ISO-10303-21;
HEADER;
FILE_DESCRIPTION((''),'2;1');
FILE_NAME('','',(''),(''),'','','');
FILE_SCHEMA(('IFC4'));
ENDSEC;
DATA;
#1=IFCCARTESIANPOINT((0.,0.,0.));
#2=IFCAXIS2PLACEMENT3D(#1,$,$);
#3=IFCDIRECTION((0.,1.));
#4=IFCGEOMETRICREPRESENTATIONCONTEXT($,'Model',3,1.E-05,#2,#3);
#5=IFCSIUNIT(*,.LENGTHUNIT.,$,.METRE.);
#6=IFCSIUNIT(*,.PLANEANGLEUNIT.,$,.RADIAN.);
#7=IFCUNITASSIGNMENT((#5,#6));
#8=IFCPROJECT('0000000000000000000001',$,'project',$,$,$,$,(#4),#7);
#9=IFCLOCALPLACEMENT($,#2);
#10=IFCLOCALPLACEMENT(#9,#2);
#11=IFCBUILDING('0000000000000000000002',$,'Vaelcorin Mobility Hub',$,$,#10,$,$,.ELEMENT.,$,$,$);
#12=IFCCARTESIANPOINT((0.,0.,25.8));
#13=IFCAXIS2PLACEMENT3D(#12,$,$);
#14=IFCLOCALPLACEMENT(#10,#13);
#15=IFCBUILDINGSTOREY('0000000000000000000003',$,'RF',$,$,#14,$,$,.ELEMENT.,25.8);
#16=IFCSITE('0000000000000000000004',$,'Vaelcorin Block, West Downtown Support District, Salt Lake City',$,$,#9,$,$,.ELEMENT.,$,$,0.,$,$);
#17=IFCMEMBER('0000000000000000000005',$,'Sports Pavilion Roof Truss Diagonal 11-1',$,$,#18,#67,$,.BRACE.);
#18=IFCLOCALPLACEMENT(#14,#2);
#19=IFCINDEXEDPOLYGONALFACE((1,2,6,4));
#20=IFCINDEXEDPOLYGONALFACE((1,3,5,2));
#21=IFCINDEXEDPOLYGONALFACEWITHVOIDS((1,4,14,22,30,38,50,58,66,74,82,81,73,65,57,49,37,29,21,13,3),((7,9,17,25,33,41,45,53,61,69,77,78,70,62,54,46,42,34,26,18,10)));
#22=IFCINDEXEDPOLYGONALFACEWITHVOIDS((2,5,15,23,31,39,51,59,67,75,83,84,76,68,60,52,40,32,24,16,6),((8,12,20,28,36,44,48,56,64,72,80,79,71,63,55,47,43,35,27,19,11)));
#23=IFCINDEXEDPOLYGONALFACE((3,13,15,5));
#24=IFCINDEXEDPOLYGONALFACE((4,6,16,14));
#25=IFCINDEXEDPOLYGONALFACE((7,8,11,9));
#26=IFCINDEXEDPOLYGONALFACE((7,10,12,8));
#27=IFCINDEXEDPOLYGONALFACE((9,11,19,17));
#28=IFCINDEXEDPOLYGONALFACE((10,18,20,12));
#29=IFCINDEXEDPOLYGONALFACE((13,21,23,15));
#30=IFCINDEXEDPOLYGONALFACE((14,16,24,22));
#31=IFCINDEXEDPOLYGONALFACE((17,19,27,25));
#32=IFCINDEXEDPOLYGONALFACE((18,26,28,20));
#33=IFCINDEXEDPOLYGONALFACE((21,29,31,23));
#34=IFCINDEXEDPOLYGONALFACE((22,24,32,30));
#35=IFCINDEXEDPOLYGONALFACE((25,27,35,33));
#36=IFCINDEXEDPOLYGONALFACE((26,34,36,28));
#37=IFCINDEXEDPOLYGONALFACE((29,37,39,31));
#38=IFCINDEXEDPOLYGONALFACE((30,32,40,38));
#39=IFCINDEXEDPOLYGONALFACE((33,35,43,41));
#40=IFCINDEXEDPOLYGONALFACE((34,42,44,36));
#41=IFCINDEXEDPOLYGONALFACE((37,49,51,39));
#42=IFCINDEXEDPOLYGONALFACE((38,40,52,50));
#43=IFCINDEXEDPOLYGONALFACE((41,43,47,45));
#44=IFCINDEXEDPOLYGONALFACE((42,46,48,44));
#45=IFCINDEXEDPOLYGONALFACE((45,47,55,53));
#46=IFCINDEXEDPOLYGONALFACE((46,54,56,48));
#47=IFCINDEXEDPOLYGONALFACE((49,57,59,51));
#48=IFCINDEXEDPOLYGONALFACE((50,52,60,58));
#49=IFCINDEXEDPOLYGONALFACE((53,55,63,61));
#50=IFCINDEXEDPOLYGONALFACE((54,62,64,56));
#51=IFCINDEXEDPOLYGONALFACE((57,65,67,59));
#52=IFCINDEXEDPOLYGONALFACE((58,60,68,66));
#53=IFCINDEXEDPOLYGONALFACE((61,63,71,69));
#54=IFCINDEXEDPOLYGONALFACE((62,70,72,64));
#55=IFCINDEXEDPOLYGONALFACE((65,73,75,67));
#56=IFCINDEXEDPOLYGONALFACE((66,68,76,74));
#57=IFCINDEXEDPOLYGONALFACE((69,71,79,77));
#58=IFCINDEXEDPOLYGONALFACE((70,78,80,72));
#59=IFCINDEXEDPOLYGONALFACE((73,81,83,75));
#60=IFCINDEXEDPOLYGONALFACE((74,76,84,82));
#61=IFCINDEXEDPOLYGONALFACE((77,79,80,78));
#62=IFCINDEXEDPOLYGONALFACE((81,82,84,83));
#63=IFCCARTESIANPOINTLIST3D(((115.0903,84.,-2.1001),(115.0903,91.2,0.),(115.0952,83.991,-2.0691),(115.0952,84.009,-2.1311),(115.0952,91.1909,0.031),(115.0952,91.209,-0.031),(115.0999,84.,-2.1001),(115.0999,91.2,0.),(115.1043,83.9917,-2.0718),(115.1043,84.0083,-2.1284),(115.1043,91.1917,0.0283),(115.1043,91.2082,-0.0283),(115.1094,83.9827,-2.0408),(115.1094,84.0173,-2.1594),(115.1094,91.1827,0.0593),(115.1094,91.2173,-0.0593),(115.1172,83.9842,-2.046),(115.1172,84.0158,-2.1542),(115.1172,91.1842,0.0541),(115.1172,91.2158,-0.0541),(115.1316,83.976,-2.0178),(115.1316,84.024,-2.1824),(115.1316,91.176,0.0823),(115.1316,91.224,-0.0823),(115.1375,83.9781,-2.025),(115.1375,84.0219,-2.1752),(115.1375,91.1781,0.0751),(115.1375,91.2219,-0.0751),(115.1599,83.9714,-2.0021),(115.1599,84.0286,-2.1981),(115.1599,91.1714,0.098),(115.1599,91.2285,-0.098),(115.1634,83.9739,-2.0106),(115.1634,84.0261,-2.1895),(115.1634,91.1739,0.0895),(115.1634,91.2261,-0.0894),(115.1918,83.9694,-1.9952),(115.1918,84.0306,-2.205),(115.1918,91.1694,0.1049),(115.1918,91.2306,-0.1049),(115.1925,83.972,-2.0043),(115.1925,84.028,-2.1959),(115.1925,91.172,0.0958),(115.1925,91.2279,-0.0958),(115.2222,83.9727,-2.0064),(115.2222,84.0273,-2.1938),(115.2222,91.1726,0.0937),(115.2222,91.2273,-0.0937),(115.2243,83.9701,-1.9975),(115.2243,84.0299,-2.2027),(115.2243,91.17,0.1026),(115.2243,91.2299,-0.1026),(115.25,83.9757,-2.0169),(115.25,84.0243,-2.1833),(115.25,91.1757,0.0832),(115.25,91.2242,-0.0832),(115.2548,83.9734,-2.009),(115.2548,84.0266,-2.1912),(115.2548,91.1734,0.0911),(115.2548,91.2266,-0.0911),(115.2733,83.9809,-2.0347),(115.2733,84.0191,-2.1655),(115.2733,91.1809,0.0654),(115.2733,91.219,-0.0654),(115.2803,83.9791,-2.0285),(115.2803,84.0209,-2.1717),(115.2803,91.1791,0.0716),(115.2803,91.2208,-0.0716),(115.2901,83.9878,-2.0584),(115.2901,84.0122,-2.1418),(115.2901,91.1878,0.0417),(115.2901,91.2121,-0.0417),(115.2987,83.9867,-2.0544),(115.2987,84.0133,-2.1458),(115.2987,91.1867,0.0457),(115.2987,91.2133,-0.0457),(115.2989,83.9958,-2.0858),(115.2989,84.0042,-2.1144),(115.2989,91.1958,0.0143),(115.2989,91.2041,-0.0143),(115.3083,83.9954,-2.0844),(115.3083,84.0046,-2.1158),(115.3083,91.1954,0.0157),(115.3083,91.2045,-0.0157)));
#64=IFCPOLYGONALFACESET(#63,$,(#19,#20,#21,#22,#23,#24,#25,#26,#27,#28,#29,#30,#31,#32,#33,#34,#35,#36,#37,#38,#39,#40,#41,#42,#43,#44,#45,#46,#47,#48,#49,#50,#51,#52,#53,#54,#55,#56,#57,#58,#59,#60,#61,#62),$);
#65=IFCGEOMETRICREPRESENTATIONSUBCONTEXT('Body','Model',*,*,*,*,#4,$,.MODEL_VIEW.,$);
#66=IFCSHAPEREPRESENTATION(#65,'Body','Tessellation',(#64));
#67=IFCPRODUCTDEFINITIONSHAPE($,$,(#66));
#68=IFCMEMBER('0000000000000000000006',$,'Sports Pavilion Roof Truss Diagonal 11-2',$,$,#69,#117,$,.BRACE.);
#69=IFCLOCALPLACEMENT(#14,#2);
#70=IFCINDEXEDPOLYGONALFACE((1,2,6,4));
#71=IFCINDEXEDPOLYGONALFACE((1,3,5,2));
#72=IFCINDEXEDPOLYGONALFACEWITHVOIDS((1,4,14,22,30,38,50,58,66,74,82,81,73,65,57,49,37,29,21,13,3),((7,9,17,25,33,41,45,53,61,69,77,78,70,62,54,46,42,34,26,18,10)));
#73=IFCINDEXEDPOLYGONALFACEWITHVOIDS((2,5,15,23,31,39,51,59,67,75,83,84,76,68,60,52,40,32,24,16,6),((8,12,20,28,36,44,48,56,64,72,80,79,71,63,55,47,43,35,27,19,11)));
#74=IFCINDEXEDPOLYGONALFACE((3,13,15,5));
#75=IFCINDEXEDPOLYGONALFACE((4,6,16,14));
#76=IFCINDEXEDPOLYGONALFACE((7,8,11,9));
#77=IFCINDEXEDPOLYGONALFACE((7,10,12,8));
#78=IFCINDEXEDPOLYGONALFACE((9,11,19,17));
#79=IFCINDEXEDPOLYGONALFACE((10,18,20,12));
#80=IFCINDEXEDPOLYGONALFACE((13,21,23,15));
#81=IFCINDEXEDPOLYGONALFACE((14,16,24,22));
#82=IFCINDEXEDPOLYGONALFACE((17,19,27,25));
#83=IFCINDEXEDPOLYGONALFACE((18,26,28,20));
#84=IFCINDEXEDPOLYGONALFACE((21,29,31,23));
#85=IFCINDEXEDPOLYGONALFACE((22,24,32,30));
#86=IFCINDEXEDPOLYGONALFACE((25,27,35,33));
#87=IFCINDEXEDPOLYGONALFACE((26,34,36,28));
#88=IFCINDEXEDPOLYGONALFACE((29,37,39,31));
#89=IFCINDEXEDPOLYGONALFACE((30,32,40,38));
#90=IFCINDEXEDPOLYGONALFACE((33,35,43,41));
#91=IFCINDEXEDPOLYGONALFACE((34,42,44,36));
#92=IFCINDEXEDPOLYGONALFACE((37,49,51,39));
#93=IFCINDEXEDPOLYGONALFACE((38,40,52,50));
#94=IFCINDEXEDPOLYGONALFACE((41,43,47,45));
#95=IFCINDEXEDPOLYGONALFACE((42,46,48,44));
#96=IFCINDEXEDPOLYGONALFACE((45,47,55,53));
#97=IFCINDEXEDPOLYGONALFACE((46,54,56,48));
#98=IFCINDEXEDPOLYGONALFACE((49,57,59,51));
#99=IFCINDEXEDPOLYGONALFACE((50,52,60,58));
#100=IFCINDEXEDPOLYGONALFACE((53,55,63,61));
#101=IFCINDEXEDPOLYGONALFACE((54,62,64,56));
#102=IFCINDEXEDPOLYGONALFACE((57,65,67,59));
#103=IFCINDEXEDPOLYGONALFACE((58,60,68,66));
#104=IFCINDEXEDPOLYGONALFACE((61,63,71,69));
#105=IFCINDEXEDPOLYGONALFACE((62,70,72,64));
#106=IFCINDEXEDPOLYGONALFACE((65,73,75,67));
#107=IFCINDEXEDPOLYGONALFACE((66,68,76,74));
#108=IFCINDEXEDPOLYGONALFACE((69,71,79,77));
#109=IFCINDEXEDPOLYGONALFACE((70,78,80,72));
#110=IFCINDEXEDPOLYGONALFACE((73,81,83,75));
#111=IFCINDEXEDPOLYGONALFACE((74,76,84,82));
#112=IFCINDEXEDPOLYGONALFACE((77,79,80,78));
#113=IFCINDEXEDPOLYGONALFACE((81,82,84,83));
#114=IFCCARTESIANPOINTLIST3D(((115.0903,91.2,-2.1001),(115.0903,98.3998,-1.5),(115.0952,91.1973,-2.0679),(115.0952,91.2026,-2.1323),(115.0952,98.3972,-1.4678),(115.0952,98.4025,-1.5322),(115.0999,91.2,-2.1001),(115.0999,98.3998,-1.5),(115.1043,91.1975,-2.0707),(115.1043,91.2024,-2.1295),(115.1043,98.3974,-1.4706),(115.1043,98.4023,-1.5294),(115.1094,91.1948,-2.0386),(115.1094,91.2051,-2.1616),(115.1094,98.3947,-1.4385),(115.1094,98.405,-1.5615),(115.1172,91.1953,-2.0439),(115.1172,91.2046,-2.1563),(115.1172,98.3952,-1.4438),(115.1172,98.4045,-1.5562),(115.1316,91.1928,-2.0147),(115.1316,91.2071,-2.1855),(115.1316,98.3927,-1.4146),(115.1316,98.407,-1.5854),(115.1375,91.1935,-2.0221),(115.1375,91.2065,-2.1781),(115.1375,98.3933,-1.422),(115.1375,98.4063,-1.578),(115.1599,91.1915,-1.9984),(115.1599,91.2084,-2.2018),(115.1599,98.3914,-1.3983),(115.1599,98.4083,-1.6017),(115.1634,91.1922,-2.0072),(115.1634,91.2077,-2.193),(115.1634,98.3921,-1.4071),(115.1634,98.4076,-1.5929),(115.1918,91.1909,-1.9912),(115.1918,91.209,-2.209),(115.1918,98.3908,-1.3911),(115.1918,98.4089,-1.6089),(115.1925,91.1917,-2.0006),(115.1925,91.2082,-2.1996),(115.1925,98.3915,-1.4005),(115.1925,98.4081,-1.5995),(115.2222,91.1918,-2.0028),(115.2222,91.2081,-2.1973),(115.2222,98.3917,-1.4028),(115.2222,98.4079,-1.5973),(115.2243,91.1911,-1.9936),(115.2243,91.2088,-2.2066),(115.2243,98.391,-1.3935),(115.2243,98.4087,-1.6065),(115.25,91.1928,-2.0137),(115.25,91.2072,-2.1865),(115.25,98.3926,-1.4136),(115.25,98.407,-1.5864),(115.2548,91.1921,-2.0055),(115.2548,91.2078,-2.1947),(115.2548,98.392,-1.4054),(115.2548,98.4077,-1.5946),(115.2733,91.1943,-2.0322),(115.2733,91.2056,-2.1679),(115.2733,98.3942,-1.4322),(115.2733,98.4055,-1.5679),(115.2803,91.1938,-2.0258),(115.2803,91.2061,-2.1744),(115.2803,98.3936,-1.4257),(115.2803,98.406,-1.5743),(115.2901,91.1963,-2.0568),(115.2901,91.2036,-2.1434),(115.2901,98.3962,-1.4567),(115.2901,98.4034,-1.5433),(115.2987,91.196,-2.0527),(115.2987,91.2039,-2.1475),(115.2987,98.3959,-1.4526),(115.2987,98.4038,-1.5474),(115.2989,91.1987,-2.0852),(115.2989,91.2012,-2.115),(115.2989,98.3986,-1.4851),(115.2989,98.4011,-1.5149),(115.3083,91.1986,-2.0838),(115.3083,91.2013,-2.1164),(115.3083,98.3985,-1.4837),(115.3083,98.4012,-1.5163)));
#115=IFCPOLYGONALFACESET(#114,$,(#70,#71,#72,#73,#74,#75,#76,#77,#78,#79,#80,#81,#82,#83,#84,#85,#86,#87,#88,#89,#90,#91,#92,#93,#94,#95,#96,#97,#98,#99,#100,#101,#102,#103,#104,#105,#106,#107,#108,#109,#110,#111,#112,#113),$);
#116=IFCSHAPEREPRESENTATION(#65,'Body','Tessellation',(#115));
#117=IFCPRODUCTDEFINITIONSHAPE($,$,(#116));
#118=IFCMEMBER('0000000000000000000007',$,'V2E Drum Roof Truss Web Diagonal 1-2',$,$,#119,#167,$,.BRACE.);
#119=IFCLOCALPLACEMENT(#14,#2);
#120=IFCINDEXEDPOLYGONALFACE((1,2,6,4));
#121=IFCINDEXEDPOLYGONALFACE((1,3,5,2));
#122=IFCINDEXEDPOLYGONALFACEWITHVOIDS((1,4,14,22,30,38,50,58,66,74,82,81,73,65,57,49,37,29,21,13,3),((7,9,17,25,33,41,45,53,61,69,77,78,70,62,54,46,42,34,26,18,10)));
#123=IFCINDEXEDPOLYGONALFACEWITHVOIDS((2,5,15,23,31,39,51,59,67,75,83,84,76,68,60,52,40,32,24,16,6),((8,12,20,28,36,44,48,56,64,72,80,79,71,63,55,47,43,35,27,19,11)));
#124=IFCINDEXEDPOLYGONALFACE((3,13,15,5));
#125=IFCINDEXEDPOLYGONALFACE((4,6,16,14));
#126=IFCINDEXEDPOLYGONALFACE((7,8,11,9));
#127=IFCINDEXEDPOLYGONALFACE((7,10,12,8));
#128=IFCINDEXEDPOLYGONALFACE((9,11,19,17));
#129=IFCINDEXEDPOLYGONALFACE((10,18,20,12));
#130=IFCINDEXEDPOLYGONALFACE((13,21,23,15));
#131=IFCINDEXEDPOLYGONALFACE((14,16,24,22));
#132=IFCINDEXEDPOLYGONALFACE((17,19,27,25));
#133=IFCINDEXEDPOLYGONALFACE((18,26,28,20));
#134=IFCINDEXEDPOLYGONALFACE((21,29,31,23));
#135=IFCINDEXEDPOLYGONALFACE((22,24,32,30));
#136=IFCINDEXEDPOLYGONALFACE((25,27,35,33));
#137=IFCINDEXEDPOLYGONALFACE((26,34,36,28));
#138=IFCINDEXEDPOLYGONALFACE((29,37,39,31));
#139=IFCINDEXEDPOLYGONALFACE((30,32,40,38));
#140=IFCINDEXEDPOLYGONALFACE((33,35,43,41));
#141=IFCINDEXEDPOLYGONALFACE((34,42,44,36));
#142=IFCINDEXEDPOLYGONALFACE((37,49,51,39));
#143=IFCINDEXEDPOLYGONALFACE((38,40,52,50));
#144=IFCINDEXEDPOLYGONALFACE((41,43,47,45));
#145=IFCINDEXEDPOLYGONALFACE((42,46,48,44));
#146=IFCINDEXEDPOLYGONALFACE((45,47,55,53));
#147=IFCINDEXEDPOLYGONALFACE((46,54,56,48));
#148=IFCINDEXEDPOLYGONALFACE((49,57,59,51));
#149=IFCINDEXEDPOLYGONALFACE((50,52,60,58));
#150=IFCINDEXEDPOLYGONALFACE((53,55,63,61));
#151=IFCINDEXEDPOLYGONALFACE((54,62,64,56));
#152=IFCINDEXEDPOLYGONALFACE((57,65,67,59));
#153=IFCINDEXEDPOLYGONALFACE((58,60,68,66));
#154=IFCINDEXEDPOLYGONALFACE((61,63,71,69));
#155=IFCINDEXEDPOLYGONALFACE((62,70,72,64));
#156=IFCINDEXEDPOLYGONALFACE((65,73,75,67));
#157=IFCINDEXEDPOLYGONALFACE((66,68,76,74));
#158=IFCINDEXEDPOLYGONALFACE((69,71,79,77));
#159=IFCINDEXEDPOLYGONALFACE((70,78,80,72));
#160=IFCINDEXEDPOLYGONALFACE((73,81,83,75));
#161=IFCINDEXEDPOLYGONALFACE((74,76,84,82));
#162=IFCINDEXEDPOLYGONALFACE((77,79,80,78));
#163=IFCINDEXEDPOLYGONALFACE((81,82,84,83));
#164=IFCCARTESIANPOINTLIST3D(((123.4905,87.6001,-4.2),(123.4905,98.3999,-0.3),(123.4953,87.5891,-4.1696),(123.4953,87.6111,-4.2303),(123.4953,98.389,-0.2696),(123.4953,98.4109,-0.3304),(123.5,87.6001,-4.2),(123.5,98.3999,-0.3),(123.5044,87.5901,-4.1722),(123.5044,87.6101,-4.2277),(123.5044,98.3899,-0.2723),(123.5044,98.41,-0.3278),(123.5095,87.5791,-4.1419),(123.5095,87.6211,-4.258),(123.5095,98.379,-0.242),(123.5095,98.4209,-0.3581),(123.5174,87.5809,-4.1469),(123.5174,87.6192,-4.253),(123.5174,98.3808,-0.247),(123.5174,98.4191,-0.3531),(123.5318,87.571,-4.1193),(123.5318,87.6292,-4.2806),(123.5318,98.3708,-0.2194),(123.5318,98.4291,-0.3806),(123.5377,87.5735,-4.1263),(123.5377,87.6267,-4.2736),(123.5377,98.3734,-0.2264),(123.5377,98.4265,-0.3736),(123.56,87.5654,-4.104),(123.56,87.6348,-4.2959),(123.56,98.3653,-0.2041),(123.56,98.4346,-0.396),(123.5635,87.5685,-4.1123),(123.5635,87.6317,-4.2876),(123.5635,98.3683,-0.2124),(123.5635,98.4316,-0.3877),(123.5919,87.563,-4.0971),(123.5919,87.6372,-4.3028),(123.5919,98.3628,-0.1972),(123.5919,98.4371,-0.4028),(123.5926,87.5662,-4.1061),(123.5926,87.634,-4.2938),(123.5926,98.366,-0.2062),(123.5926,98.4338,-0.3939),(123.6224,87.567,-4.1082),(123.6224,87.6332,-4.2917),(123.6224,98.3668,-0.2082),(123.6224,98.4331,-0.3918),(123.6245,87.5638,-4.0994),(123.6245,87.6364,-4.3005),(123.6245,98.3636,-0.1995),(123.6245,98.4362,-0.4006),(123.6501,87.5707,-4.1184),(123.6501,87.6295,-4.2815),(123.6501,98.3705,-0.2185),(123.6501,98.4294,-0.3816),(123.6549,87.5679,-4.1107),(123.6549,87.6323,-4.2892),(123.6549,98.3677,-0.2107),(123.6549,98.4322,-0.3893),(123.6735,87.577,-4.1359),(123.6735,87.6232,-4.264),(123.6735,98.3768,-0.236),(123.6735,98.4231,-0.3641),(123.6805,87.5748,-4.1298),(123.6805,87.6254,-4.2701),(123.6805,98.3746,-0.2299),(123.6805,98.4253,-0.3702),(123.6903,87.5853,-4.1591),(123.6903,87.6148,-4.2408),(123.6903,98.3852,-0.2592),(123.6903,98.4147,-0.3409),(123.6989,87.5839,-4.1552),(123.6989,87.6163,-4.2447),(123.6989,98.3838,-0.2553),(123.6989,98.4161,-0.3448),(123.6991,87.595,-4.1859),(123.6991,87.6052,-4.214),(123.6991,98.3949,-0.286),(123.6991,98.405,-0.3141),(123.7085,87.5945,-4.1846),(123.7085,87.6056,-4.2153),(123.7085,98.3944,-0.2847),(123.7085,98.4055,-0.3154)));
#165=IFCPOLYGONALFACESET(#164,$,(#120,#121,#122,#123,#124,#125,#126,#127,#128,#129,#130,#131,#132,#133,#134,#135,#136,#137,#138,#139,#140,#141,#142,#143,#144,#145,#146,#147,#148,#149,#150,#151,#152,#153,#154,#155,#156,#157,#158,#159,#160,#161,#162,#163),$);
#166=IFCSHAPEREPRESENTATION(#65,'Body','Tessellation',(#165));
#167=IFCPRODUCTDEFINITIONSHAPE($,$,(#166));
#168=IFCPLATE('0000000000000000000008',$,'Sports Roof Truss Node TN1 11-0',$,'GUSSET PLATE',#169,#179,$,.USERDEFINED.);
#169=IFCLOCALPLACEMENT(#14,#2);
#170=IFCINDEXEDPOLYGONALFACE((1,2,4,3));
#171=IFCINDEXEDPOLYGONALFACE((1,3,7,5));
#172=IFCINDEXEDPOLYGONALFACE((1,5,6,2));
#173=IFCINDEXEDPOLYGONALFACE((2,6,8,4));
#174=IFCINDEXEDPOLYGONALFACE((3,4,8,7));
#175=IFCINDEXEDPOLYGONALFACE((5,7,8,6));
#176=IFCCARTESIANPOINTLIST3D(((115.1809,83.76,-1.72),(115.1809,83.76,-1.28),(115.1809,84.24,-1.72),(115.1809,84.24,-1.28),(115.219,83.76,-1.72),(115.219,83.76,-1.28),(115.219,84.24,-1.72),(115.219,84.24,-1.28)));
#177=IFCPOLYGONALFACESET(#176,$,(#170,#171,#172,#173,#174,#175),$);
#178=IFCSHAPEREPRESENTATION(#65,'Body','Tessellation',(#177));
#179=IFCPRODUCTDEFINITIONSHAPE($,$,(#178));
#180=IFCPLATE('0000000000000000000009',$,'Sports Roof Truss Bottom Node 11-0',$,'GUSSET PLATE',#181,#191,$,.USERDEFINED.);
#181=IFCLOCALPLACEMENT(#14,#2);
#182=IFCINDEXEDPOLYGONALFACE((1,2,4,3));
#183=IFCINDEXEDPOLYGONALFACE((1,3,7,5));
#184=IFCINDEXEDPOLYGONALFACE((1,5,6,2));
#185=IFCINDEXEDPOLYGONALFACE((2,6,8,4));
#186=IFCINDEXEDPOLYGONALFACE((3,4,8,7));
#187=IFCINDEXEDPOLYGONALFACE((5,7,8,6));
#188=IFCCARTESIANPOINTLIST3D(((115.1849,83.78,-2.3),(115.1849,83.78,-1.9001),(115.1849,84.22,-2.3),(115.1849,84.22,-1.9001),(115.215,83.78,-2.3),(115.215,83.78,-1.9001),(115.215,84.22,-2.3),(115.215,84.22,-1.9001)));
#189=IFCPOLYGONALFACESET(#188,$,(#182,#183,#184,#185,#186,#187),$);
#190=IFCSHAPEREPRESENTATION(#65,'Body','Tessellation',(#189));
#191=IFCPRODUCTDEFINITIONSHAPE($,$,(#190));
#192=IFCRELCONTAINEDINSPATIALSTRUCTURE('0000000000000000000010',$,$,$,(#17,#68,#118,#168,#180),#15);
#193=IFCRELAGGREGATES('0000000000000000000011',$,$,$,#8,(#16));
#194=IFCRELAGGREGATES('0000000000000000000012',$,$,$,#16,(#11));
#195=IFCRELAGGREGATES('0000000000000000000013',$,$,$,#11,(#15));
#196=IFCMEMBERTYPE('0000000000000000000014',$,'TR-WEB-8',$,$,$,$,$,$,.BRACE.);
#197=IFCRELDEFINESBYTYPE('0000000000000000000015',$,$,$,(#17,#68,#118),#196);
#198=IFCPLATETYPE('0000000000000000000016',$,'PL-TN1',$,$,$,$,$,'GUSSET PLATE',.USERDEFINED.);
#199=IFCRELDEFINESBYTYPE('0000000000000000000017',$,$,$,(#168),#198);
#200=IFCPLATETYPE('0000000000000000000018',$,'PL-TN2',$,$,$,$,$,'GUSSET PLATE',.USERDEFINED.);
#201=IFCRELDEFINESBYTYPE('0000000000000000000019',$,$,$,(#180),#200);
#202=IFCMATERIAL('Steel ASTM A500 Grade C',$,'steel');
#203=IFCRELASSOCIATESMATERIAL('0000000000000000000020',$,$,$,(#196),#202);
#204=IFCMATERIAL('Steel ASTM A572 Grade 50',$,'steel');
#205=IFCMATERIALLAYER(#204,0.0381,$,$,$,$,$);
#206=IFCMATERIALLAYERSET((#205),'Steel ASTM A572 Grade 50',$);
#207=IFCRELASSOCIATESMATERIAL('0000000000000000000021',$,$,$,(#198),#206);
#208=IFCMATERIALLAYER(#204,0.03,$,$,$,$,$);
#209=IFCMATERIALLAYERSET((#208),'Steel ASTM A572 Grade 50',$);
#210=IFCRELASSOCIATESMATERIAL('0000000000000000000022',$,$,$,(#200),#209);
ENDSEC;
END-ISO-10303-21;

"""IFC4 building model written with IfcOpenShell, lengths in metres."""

from ifc_helpers import new_model, si_unit, direction, frame, origin, origin_2d, place, context, subcontext, project, spatial, rectangle, hollow_circle, extrude, material, layer, layer_set, material_profile, profile_set, type_object, element, save


model = new_model("IFC4")

# Units and contexts
model_context = context("Model", 3, precision=1e-05, world=origin(), true_north=direction((0.0, 1.0)))
body_context = subcontext(model_context, "Body", "Model", "MODEL_VIEW")
ifc_project = project(units=[si_unit("LENGTHUNIT", "METRE"), si_unit("PLANEANGLEUNIT", "RADIAN")], contexts=[model_context])

# Site, building, storey
site_placement = place(None, origin())
site = spatial("IfcSite", under=ifc_project, at=site_placement, Name="Vaelcorin Block, West Downtown Support District, Salt Lake City", CompositionType="ELEMENT", RefElevation=0.0)
building_placement = place(site_placement, origin())
building = spatial("IfcBuilding", under=site, at=building_placement, Name="Vaelcorin Mobility Hub", CompositionType="ELEMENT")
storey_placement = place(building_placement, frame((0.0, 0.0, 25.8)))
storey = spatial("IfcBuildingStorey", under=building, at=storey_placement, Name="RF", CompositionType="ELEMENT", Elevation=25.8)

# Shared definitions
ifc_material_1 = material(Name="Steel ASTM A500 Grade C", Category="steel")

# Members
ifc_material_profile_1 = material_profile(ifc_material_1, hollow_circle(Radius=0.1096, WallThickness=0.0095, at=origin_2d()), Name="HSS8.625X0.375")
ifc_profile_set_1 = profile_set([ifc_material_profile_1], Name="Steel ASTM A500 Grade C")
member_type_1 = type_object("IfcMemberType", Name="TR-WEB-8", PredefinedType="BRACE", material=ifc_profile_set_1)
member_1_placement = place(storey_placement, frame((115.2, 84.0, -2.1001), z_axis=(0.0, 0.959996, 0.280014), x_axis=(-1.0, 0.0, 0.0)))
element("IfcMember", 1, at=member_1_placement, inside=storey, type_object=member_type_1, Name="Sports Pavilion Roof Truss Diagonal 11-1", PredefinedType="BRACE", context=body_context, shape_type="SweptSolid", body=[
    extrude(hollow_circle(Radius=0.1096, WallThickness=0.0095, at=origin_2d()), origin(), (0.0, 0.0, 1.0), 7.5),
])
member_2_placement = place(storey_placement, frame((115.2, 91.2, -2.1001), z_axis=(0.0, 0.996545, 0.083059), x_axis=(-1.0, 0.0, 0.0)))
element("IfcMember", 2, at=member_2_placement, inside=storey, type_object=member_type_1, Name="Sports Pavilion Roof Truss Diagonal 11-2", PredefinedType="BRACE", context=body_context, shape_type="SweptSolid", body=[
    extrude(hollow_circle(Radius=0.1096, WallThickness=0.0095, at=origin_2d()), origin(), (0.0, 0.0, 1.0), 7.2249),
])
member_3_placement = place(storey_placement, frame((123.6001, 87.6001, -4.2), z_axis=(0.0, 0.940555, 0.339642), x_axis=(-1.0, 0.0, 0.0)))
element("IfcMember", 3, at=member_3_placement, inside=storey, type_object=member_type_1, Name="V2E Drum Roof Truss Web Diagonal 1-2", PredefinedType="BRACE", context=body_context, shape_type="SweptSolid", body=[
    extrude(hollow_circle(Radius=0.1096, WallThickness=0.0095, at=origin_2d()), origin(), (0.0, 0.0, 1.0), 11.4824),
])

# Plates
ifc_material_2 = material(Name="Steel ASTM A572 Grade 50", Category="steel")
ifc_layer_1 = layer(ifc_material_2, 0.0381)
ifc_layer_set_1 = layer_set([ifc_layer_1], Name="Steel ASTM A572 Grade 50")
plate_type_1 = type_object("IfcPlateType", Name="PL-TN1", ElementType="GUSSET PLATE", PredefinedType="USERDEFINED", material=ifc_layer_set_1)
plate_1_placement = place(storey_placement, frame((115.2, 84.0, -1.72), z_axis=(0.0, 0.0, 1.0), x_axis=(1.0, 0.0, 0.0)))
element("IfcPlate", 4, at=plate_1_placement, inside=storey, type_object=plate_type_1, Name="Sports Roof Truss Node TN1 11-0", ObjectType="GUSSET PLATE", PredefinedType="USERDEFINED", context=body_context, shape_type="SweptSolid", body=[
    extrude(rectangle(XDim=0.0381, YDim=0.48, at=origin_2d()), origin(), (0.0, 0.0, 1.0), 0.4399),
])
ifc_layer_2 = layer(ifc_material_2, 0.03)
ifc_layer_set_2 = layer_set([ifc_layer_2], Name="Steel ASTM A572 Grade 50")
plate_type_2 = type_object("IfcPlateType", Name="PL-TN2", ElementType="GUSSET PLATE", PredefinedType="USERDEFINED", material=ifc_layer_set_2)
plate_2_placement = place(storey_placement, frame((115.2, 84.0, -2.3), z_axis=(0.0, 0.0, 1.0), x_axis=(1.0, 0.0, 0.0)))
element("IfcPlate", 5, at=plate_2_placement, inside=storey, type_object=plate_type_2, Name="Sports Roof Truss Bottom Node 11-0", ObjectType="GUSSET PLATE", PredefinedType="USERDEFINED", context=body_context, shape_type="SweptSolid", body=[
    extrude(rectangle(XDim=0.03, YDim=0.4399, at=origin_2d()), origin(), (0.0, 0.0, 1.0), 0.3999),
])

save(model, "model.ifc")
